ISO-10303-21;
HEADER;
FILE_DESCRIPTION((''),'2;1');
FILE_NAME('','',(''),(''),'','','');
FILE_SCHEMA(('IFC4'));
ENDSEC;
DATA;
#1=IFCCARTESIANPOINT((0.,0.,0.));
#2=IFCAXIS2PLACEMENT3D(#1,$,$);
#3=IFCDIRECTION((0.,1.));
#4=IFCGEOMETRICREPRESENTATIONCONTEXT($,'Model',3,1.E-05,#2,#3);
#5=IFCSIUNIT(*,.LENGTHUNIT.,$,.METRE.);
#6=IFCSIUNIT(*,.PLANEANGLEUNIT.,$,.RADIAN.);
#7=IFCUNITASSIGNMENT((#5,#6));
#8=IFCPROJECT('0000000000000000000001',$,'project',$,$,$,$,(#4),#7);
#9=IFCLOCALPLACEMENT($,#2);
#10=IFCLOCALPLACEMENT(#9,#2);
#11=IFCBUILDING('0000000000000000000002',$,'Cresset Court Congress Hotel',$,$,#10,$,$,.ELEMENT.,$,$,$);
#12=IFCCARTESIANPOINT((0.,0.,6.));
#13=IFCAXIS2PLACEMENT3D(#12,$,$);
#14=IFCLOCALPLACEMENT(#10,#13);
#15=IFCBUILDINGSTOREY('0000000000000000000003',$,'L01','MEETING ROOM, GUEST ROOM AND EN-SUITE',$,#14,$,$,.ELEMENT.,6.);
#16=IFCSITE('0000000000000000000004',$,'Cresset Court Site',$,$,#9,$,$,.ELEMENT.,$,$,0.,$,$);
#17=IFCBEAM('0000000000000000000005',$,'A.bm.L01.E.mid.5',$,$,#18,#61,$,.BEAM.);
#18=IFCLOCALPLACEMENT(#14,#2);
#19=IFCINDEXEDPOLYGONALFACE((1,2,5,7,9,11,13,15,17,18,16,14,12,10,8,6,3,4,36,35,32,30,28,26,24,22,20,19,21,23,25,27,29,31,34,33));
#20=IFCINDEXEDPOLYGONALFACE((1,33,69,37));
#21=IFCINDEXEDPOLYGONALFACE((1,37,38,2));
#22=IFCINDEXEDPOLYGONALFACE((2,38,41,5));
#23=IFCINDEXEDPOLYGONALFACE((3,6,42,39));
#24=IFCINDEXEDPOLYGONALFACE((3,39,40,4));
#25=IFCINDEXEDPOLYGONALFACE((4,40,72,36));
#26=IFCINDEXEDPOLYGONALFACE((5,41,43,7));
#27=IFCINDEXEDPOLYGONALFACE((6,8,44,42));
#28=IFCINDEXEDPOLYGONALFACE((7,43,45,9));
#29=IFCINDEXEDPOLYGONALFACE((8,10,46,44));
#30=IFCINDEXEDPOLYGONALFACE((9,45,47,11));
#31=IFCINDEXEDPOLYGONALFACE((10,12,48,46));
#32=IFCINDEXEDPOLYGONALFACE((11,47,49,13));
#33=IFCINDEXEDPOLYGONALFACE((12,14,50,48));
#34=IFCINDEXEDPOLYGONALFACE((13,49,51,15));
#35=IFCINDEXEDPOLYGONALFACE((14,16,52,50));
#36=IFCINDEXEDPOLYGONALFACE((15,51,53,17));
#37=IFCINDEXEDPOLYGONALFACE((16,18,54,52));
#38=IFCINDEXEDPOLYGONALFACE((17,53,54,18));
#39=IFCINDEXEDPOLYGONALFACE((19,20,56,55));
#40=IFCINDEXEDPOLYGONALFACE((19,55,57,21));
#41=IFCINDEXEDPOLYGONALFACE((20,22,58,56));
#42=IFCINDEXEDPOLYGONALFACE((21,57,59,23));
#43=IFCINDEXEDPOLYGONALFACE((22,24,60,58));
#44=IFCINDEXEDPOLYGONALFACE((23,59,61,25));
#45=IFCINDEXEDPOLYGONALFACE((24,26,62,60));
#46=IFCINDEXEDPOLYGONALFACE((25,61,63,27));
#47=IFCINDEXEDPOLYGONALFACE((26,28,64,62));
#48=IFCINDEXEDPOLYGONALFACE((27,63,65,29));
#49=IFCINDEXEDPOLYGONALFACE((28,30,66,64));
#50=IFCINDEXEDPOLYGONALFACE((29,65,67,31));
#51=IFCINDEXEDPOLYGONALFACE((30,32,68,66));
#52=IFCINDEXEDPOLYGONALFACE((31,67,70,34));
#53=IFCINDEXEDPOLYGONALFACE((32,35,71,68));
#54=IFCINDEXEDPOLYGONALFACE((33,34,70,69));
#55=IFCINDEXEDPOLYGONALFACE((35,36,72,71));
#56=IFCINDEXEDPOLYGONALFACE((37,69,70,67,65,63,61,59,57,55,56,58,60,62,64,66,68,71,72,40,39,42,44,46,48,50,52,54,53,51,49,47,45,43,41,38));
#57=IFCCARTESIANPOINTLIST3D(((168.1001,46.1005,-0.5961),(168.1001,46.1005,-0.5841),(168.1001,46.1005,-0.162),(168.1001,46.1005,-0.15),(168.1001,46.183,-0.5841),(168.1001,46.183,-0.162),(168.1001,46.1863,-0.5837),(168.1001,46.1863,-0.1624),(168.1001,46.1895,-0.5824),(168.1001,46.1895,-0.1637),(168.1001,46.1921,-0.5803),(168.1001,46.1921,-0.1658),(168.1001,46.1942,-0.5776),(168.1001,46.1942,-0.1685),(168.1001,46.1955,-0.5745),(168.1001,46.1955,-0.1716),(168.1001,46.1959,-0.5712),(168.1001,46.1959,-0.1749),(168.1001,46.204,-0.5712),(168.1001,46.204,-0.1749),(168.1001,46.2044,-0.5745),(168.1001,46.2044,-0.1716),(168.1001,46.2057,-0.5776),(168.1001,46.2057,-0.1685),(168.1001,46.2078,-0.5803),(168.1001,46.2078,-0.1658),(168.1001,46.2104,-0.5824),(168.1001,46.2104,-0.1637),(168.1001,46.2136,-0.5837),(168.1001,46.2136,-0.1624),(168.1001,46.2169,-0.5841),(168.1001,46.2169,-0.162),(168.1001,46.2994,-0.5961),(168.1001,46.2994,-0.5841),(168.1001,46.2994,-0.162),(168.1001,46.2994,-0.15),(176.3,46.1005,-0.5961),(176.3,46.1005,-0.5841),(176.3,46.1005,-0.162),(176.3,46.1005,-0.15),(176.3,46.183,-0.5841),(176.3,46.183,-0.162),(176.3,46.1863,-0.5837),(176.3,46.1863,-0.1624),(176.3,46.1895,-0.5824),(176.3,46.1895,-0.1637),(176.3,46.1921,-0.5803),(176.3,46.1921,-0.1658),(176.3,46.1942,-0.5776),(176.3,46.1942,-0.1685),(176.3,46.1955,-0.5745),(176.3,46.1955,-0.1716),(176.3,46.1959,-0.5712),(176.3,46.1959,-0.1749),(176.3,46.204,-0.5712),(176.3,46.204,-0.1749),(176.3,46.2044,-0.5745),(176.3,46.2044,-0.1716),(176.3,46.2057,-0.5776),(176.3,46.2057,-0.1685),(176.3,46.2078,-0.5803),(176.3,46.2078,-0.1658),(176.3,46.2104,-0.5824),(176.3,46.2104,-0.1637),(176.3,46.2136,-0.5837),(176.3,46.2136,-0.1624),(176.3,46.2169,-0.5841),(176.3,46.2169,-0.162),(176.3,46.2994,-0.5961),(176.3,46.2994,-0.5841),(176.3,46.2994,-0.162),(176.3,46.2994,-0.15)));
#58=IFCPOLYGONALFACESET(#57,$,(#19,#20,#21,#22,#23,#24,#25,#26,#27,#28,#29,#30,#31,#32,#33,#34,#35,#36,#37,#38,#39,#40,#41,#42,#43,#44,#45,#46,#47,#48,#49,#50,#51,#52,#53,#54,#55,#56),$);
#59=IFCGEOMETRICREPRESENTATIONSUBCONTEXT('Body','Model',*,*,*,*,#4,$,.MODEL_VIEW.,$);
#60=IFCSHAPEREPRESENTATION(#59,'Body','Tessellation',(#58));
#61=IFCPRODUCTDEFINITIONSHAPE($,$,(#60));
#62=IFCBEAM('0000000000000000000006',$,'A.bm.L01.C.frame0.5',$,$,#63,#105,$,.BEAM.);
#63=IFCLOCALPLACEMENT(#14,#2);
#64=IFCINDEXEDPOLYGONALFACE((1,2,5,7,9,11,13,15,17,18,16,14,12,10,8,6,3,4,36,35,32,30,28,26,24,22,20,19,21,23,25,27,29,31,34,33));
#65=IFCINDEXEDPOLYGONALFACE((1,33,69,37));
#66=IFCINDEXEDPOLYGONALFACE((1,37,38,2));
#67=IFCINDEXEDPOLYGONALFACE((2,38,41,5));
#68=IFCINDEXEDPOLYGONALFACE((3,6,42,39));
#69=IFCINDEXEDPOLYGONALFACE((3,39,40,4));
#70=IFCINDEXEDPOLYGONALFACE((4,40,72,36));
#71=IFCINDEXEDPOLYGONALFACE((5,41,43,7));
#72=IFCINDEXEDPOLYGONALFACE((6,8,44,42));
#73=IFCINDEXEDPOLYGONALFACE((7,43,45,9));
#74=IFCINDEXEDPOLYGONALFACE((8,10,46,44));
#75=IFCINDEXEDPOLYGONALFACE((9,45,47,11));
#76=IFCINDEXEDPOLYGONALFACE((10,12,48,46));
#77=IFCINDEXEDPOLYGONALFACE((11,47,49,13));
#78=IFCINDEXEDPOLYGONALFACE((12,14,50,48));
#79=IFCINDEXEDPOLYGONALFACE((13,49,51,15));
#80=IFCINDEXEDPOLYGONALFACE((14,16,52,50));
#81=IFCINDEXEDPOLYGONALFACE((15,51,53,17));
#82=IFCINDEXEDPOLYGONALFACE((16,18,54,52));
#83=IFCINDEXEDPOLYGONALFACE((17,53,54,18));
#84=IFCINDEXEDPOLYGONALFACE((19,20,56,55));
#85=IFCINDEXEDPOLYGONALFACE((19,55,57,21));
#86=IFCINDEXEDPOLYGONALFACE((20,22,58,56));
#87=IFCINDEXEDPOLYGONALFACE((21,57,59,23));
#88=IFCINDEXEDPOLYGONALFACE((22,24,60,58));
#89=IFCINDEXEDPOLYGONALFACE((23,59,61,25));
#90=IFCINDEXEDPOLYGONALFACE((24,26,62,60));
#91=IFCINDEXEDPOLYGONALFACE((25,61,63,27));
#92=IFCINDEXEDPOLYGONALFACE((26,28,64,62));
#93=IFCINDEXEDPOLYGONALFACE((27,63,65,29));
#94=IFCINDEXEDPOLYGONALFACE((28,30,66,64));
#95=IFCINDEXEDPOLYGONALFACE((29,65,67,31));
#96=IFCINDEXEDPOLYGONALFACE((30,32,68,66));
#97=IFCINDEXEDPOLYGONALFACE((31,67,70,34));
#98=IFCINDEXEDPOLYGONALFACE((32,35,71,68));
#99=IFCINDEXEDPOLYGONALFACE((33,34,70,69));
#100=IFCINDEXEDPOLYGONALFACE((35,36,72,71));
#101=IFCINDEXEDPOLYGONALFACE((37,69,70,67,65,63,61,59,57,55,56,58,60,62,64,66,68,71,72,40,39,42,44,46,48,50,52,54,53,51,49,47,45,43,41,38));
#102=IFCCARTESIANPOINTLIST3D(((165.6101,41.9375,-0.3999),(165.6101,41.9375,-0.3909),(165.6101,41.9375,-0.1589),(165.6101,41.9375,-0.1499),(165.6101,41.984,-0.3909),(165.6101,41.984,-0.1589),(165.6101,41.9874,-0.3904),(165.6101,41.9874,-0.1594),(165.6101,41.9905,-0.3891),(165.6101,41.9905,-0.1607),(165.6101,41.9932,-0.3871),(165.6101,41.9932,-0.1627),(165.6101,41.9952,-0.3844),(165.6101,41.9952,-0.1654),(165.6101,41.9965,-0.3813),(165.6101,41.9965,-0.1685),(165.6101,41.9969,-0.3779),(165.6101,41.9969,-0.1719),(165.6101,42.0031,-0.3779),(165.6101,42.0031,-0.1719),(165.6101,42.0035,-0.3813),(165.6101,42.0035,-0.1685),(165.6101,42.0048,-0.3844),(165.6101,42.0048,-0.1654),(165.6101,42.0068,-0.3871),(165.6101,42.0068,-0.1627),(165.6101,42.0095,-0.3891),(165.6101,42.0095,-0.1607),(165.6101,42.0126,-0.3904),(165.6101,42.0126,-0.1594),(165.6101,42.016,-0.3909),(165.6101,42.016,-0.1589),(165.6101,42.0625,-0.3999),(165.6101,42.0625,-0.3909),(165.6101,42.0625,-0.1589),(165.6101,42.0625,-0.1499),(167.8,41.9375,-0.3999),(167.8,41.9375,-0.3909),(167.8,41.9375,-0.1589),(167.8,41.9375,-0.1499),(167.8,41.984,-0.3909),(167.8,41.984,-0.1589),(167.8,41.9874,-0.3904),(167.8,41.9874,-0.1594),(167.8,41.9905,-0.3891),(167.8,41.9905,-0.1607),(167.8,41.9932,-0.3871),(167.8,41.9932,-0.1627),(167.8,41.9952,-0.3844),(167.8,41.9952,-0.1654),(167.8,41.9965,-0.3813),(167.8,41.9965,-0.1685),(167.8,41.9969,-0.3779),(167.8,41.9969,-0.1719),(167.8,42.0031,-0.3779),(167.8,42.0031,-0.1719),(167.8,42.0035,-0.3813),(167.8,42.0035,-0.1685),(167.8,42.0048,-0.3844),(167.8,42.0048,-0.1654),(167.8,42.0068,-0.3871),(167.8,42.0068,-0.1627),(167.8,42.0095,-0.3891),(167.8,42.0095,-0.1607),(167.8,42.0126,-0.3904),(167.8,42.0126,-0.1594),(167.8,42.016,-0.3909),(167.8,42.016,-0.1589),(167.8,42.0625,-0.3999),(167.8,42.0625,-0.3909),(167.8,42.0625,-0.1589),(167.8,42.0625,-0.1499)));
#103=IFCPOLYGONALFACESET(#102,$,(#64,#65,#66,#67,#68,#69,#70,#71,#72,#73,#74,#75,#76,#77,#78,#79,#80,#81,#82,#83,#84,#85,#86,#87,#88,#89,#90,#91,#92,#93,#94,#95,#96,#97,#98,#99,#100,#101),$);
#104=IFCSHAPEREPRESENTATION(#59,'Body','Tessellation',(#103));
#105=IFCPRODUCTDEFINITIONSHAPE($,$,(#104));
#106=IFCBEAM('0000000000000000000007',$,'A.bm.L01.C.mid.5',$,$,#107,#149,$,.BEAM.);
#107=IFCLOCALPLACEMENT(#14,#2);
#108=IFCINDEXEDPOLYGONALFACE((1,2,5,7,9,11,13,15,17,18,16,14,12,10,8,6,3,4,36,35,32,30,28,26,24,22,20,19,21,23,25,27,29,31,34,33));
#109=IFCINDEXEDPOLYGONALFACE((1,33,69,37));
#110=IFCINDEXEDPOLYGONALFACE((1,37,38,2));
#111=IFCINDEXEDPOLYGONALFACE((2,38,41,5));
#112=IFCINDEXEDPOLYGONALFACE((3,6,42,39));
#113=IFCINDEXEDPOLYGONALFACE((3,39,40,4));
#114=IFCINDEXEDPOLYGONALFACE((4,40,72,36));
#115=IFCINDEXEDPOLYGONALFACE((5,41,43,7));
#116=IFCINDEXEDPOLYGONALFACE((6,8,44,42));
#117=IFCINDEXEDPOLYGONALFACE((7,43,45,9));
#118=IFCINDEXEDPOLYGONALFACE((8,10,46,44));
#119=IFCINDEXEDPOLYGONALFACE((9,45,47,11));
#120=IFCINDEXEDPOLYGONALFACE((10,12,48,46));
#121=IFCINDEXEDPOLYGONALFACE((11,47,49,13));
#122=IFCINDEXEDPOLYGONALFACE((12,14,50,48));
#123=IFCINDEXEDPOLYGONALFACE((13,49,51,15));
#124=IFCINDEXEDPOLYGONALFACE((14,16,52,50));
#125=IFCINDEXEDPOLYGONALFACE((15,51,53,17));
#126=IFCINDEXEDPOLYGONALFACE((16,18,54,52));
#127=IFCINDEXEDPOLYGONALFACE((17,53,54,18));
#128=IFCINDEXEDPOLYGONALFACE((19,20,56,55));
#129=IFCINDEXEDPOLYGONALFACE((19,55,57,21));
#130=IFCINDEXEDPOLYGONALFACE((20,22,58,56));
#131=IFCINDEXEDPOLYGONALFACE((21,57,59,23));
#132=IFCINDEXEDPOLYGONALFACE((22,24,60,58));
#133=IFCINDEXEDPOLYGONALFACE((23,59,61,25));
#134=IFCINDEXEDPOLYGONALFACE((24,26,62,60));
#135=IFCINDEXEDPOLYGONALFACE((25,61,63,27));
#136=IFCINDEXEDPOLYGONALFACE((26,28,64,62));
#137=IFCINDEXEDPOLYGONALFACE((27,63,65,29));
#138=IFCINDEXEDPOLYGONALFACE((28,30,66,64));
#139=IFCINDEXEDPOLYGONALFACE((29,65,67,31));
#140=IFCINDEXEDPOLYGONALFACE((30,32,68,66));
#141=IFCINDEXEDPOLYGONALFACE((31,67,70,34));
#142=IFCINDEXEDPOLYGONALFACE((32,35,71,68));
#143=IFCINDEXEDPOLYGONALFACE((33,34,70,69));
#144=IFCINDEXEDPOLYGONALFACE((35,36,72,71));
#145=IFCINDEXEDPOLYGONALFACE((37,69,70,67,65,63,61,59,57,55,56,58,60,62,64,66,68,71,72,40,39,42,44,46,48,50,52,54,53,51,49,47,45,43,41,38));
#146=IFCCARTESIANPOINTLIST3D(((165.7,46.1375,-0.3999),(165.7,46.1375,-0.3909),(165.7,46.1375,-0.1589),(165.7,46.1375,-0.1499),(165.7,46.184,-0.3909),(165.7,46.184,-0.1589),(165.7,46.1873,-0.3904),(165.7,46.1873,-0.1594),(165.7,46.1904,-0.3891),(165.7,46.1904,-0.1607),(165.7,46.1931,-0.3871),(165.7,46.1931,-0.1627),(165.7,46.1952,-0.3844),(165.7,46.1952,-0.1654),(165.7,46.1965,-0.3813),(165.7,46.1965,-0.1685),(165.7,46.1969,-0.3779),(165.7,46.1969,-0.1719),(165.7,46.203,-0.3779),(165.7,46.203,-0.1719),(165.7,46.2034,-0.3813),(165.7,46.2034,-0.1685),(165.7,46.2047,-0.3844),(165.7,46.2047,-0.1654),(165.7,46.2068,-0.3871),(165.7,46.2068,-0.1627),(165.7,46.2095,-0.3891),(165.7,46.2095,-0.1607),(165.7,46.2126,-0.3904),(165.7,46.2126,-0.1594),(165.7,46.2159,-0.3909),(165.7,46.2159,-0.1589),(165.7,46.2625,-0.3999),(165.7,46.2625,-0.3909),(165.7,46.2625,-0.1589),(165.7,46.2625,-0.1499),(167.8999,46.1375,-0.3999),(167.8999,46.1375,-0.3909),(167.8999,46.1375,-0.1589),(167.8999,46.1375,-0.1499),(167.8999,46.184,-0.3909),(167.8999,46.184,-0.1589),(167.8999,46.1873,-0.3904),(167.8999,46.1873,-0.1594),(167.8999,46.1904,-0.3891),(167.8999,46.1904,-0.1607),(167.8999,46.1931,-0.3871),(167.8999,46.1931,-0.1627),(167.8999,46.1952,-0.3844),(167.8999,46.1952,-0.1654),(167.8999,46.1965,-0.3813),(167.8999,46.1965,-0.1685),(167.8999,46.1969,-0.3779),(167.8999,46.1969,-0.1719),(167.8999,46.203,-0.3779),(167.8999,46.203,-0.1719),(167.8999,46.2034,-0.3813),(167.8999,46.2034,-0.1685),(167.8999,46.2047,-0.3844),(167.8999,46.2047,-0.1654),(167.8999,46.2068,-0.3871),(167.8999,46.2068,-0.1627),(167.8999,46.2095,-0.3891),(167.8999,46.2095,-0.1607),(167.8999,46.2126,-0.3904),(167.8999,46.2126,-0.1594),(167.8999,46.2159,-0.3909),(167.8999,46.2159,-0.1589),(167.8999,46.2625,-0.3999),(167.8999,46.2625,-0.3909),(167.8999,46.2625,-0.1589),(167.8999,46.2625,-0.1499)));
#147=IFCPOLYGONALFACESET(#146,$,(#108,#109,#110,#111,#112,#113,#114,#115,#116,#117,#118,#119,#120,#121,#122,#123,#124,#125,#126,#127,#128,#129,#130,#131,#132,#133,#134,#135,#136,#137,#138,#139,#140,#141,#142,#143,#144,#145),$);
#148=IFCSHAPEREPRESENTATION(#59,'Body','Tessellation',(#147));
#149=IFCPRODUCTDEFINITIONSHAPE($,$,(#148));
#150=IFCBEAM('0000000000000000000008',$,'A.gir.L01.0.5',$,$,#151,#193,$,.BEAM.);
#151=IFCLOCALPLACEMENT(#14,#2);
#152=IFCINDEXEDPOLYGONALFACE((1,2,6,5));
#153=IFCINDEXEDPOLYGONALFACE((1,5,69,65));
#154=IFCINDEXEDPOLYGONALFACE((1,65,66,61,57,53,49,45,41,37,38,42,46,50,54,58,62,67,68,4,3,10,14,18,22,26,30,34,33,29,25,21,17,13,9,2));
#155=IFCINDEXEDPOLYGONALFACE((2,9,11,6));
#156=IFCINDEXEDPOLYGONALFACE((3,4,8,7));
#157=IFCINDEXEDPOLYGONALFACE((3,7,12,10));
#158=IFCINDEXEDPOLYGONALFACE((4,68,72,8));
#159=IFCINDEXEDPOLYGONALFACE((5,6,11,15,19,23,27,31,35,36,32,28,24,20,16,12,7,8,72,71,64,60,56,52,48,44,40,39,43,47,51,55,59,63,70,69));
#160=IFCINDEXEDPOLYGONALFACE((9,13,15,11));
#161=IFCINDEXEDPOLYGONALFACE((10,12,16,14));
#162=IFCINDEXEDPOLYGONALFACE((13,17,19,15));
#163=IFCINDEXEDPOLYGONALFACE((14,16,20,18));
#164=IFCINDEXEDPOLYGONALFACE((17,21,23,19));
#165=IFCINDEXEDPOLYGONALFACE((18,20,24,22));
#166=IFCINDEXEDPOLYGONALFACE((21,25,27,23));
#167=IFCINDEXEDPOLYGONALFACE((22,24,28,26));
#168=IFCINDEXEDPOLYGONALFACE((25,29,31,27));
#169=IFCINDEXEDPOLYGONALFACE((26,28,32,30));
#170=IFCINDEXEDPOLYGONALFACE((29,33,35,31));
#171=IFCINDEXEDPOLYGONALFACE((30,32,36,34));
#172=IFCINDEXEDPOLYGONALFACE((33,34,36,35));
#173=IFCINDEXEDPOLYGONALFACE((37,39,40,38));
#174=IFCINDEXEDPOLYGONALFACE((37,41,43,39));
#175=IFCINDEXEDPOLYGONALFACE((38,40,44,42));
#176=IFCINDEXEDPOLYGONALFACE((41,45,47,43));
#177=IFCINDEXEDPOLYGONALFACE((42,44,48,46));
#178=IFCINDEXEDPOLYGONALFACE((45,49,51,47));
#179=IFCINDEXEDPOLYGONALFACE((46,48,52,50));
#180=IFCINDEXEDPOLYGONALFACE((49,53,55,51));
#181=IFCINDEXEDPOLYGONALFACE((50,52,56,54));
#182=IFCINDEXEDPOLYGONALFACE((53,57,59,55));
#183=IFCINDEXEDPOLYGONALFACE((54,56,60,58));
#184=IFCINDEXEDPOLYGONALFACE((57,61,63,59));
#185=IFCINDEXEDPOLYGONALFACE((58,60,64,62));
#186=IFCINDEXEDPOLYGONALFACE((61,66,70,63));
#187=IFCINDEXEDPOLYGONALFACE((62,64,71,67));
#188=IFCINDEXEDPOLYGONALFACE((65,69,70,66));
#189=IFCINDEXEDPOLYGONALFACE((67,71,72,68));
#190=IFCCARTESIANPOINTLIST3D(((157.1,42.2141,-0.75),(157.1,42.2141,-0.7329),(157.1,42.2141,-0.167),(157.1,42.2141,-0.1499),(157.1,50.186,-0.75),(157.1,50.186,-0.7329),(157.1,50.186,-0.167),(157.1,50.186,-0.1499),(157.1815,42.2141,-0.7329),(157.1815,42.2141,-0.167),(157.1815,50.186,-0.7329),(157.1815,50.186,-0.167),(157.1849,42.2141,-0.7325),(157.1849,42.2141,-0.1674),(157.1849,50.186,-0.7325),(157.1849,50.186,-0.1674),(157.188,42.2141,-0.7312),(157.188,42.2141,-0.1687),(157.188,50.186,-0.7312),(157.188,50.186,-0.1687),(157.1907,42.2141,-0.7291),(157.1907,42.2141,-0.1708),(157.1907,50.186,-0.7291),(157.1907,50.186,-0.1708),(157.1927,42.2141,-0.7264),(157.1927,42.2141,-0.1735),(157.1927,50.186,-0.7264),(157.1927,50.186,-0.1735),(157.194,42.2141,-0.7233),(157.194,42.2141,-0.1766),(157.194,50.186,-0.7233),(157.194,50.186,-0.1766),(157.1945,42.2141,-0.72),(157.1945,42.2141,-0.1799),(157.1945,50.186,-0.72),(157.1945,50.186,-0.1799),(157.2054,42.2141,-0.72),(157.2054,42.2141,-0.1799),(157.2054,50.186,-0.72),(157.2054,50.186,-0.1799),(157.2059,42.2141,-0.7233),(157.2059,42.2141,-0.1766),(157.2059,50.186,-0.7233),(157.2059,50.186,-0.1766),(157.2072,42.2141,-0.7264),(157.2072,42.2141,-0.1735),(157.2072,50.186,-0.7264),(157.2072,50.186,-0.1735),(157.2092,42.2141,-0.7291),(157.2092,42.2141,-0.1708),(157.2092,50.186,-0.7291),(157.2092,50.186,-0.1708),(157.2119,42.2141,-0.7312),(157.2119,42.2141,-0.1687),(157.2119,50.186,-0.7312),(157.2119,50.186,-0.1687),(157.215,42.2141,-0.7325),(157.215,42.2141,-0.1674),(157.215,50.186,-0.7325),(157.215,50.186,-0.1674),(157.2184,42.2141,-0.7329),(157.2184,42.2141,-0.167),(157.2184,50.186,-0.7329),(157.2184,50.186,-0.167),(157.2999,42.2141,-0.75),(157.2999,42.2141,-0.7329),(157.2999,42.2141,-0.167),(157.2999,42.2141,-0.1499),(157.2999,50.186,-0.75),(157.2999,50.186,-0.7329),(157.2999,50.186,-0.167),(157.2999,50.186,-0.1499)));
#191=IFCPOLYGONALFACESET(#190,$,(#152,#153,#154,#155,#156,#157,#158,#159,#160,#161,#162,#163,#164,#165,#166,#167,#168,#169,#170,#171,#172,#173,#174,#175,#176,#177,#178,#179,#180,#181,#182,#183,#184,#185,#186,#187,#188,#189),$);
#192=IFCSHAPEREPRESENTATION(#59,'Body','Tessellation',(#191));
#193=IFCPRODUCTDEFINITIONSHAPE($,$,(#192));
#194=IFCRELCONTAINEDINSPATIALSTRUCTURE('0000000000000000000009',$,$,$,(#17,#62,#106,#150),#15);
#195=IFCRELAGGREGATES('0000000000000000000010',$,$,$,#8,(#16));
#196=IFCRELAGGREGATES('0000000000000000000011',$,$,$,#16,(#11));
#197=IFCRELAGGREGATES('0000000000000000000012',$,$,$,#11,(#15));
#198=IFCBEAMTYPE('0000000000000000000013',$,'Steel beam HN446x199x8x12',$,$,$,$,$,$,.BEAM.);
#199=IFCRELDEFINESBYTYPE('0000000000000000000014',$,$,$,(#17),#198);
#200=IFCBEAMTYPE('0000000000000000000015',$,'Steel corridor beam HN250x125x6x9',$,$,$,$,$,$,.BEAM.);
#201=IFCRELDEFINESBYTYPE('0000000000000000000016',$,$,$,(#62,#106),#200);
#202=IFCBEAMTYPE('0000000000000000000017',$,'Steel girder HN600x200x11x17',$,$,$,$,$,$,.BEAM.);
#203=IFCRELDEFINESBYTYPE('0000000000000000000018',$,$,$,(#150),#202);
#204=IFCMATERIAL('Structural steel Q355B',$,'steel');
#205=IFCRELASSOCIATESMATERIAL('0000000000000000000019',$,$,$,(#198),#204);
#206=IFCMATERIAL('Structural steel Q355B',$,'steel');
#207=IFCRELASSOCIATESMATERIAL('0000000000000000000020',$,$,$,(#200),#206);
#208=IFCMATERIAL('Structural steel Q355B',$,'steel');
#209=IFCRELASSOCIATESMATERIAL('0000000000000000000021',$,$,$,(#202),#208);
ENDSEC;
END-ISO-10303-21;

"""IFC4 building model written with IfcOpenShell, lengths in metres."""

from ifc_helpers import new_model, si_unit, direction, frame, origin, origin_2d, place, context, subcontext, project, spatial, i_section, extrude, material, material_profile, profile_set, type_object, element, save


model = new_model("IFC4")

# Units and contexts
model_context = context("Model", 3, precision=1e-05, world=origin(), true_north=direction((0.0, 1.0)))
body_context = subcontext(model_context, "Body", "Model", "MODEL_VIEW")
ifc_project = project(units=[si_unit("LENGTHUNIT", "METRE"), si_unit("PLANEANGLEUNIT", "RADIAN")], contexts=[model_context])

# Site, building, storey
site_placement = place(None, origin())
site = spatial("IfcSite", under=ifc_project, at=site_placement, Name="Cresset Court Site", CompositionType="ELEMENT", RefElevation=0.0)
building_placement = place(site_placement, origin())
building = spatial("IfcBuilding", under=site, at=building_placement, Name="Cresset Court Congress Hotel", CompositionType="ELEMENT")
storey_placement = place(building_placement, frame((0.0, 0.0, 6.0)))
storey = spatial("IfcBuildingStorey", under=building, at=storey_placement, Name="L01", Description="MEETING ROOM, GUEST ROOM AND EN-SUITE", CompositionType="ELEMENT", Elevation=6.0)

# Beams
ifc_material_1 = material(Name="Structural steel Q355B", Category="steel")
ifc_material_profile_1 = material_profile(ifc_material_1, i_section(OverallWidth=0.199, OverallDepth=0.446, WebThickness=0.0081, FlangeThickness=0.012, FilletRadius=0.0129, at=origin_2d()), Name="HN446x199x8x12")
ifc_profile_set_1 = profile_set([ifc_material_profile_1], Name="Structural steel Q355B")
beam_type_1 = type_object("IfcBeamType", Name="Steel beam HN446x199x8x12", PredefinedType="BEAM", material=ifc_profile_set_1)
for number, where, z_axis, x_axis, name in (
    (1, (168.1001, 46.2, -0.373), (1.0, 0.0, 0.0), (0.0, 1.0, 0.0), "A.bm.L01.E.mid.5"),
):
    element("IfcBeam", number, at=place(storey_placement, frame(where, z_axis=z_axis, x_axis=x_axis)), inside=storey, type_object=beam_type_1, Name=name, PredefinedType="BEAM", context=body_context, shape_type="SweptSolid", body=[
        extrude(i_section(OverallWidth=0.199, OverallDepth=0.446, WebThickness=0.0081, FlangeThickness=0.012, FilletRadius=0.0129, at=origin_2d()), origin(), (0.0, 0.0, 1.0), 8.2),
    ])
ifc_material_2 = material(Name="Structural steel Q355B", Category="steel")
ifc_material_profile_2 = material_profile(ifc_material_2, i_section(OverallWidth=0.125, OverallDepth=0.25, WebThickness=0.0061, FlangeThickness=0.009, FilletRadius=0.0129, at=origin_2d()), Name="HN250x125x6x9")
ifc_profile_set_2 = profile_set([ifc_material_profile_2], Name="Structural steel Q355B")
beam_type_2 = type_object("IfcBeamType", Name="Steel corridor beam HN250x125x6x9", PredefinedType="BEAM", material=ifc_profile_set_2)
beam_1_placement = place(storey_placement, frame((165.6101, 42.0, -0.2749), z_axis=(1.0, 0.0, 0.0), x_axis=(0.0, 1.0, 0.0)))
element("IfcBeam", 2, at=beam_1_placement, inside=storey, type_object=beam_type_2, Name="A.bm.L01.C.frame0.5", PredefinedType="BEAM", context=body_context, shape_type="SweptSolid", body=[
    extrude(i_section(OverallWidth=0.125, OverallDepth=0.25, WebThickness=0.0061, FlangeThickness=0.009, FilletRadius=0.0129, at=origin_2d()), origin(), (0.0, 0.0, 1.0), 2.1899),
])
beam_2_placement = place(storey_placement, frame((165.7, 46.2, -0.2749), z_axis=(1.0, 0.0, 0.0), x_axis=(0.0, 1.0, 0.0)))
element("IfcBeam", 3, at=beam_2_placement, inside=storey, type_object=beam_type_2, Name="A.bm.L01.C.mid.5", PredefinedType="BEAM", context=body_context, shape_type="SweptSolid", body=[
    extrude(i_section(OverallWidth=0.125, OverallDepth=0.25, WebThickness=0.0061, FlangeThickness=0.009, FilletRadius=0.0129, at=origin_2d()), origin(), (0.0, 0.0, 1.0), 2.2),
])
ifc_material_3 = material(Name="Structural steel Q355B", Category="steel")
ifc_material_profile_3 = material_profile(ifc_material_3, i_section(OverallWidth=0.2, OverallDepth=0.6001, WebThickness=0.011, FlangeThickness=0.0171, FilletRadius=0.0129, at=origin_2d()), Name="HN600x200x11x17")
ifc_profile_set_3 = profile_set([ifc_material_profile_3], Name="Structural steel Q355B")
beam_type_3 = type_object("IfcBeamType", Name="Steel girder HN600x200x11x17", PredefinedType="BEAM", material=ifc_profile_set_3)
for number, where, z_axis, x_axis, name in (
    (4, (157.2, 42.2141, -0.45), (0.0, 1.0, 0.0), (-1.0, 0.0, 0.0), "A.gir.L01.0.5"),
):
    element("IfcBeam", number, at=place(storey_placement, frame(where, z_axis=z_axis, x_axis=x_axis)), inside=storey, type_object=beam_type_3, Name=name, PredefinedType="BEAM", context=body_context, shape_type="SweptSolid", body=[
        extrude(i_section(OverallWidth=0.2, OverallDepth=0.6001, WebThickness=0.011, FlangeThickness=0.0171, FilletRadius=0.0129, at=origin_2d()), origin(), (0.0, 0.0, 1.0), 7.9719),
    ])

save(model, "model.ifc")
